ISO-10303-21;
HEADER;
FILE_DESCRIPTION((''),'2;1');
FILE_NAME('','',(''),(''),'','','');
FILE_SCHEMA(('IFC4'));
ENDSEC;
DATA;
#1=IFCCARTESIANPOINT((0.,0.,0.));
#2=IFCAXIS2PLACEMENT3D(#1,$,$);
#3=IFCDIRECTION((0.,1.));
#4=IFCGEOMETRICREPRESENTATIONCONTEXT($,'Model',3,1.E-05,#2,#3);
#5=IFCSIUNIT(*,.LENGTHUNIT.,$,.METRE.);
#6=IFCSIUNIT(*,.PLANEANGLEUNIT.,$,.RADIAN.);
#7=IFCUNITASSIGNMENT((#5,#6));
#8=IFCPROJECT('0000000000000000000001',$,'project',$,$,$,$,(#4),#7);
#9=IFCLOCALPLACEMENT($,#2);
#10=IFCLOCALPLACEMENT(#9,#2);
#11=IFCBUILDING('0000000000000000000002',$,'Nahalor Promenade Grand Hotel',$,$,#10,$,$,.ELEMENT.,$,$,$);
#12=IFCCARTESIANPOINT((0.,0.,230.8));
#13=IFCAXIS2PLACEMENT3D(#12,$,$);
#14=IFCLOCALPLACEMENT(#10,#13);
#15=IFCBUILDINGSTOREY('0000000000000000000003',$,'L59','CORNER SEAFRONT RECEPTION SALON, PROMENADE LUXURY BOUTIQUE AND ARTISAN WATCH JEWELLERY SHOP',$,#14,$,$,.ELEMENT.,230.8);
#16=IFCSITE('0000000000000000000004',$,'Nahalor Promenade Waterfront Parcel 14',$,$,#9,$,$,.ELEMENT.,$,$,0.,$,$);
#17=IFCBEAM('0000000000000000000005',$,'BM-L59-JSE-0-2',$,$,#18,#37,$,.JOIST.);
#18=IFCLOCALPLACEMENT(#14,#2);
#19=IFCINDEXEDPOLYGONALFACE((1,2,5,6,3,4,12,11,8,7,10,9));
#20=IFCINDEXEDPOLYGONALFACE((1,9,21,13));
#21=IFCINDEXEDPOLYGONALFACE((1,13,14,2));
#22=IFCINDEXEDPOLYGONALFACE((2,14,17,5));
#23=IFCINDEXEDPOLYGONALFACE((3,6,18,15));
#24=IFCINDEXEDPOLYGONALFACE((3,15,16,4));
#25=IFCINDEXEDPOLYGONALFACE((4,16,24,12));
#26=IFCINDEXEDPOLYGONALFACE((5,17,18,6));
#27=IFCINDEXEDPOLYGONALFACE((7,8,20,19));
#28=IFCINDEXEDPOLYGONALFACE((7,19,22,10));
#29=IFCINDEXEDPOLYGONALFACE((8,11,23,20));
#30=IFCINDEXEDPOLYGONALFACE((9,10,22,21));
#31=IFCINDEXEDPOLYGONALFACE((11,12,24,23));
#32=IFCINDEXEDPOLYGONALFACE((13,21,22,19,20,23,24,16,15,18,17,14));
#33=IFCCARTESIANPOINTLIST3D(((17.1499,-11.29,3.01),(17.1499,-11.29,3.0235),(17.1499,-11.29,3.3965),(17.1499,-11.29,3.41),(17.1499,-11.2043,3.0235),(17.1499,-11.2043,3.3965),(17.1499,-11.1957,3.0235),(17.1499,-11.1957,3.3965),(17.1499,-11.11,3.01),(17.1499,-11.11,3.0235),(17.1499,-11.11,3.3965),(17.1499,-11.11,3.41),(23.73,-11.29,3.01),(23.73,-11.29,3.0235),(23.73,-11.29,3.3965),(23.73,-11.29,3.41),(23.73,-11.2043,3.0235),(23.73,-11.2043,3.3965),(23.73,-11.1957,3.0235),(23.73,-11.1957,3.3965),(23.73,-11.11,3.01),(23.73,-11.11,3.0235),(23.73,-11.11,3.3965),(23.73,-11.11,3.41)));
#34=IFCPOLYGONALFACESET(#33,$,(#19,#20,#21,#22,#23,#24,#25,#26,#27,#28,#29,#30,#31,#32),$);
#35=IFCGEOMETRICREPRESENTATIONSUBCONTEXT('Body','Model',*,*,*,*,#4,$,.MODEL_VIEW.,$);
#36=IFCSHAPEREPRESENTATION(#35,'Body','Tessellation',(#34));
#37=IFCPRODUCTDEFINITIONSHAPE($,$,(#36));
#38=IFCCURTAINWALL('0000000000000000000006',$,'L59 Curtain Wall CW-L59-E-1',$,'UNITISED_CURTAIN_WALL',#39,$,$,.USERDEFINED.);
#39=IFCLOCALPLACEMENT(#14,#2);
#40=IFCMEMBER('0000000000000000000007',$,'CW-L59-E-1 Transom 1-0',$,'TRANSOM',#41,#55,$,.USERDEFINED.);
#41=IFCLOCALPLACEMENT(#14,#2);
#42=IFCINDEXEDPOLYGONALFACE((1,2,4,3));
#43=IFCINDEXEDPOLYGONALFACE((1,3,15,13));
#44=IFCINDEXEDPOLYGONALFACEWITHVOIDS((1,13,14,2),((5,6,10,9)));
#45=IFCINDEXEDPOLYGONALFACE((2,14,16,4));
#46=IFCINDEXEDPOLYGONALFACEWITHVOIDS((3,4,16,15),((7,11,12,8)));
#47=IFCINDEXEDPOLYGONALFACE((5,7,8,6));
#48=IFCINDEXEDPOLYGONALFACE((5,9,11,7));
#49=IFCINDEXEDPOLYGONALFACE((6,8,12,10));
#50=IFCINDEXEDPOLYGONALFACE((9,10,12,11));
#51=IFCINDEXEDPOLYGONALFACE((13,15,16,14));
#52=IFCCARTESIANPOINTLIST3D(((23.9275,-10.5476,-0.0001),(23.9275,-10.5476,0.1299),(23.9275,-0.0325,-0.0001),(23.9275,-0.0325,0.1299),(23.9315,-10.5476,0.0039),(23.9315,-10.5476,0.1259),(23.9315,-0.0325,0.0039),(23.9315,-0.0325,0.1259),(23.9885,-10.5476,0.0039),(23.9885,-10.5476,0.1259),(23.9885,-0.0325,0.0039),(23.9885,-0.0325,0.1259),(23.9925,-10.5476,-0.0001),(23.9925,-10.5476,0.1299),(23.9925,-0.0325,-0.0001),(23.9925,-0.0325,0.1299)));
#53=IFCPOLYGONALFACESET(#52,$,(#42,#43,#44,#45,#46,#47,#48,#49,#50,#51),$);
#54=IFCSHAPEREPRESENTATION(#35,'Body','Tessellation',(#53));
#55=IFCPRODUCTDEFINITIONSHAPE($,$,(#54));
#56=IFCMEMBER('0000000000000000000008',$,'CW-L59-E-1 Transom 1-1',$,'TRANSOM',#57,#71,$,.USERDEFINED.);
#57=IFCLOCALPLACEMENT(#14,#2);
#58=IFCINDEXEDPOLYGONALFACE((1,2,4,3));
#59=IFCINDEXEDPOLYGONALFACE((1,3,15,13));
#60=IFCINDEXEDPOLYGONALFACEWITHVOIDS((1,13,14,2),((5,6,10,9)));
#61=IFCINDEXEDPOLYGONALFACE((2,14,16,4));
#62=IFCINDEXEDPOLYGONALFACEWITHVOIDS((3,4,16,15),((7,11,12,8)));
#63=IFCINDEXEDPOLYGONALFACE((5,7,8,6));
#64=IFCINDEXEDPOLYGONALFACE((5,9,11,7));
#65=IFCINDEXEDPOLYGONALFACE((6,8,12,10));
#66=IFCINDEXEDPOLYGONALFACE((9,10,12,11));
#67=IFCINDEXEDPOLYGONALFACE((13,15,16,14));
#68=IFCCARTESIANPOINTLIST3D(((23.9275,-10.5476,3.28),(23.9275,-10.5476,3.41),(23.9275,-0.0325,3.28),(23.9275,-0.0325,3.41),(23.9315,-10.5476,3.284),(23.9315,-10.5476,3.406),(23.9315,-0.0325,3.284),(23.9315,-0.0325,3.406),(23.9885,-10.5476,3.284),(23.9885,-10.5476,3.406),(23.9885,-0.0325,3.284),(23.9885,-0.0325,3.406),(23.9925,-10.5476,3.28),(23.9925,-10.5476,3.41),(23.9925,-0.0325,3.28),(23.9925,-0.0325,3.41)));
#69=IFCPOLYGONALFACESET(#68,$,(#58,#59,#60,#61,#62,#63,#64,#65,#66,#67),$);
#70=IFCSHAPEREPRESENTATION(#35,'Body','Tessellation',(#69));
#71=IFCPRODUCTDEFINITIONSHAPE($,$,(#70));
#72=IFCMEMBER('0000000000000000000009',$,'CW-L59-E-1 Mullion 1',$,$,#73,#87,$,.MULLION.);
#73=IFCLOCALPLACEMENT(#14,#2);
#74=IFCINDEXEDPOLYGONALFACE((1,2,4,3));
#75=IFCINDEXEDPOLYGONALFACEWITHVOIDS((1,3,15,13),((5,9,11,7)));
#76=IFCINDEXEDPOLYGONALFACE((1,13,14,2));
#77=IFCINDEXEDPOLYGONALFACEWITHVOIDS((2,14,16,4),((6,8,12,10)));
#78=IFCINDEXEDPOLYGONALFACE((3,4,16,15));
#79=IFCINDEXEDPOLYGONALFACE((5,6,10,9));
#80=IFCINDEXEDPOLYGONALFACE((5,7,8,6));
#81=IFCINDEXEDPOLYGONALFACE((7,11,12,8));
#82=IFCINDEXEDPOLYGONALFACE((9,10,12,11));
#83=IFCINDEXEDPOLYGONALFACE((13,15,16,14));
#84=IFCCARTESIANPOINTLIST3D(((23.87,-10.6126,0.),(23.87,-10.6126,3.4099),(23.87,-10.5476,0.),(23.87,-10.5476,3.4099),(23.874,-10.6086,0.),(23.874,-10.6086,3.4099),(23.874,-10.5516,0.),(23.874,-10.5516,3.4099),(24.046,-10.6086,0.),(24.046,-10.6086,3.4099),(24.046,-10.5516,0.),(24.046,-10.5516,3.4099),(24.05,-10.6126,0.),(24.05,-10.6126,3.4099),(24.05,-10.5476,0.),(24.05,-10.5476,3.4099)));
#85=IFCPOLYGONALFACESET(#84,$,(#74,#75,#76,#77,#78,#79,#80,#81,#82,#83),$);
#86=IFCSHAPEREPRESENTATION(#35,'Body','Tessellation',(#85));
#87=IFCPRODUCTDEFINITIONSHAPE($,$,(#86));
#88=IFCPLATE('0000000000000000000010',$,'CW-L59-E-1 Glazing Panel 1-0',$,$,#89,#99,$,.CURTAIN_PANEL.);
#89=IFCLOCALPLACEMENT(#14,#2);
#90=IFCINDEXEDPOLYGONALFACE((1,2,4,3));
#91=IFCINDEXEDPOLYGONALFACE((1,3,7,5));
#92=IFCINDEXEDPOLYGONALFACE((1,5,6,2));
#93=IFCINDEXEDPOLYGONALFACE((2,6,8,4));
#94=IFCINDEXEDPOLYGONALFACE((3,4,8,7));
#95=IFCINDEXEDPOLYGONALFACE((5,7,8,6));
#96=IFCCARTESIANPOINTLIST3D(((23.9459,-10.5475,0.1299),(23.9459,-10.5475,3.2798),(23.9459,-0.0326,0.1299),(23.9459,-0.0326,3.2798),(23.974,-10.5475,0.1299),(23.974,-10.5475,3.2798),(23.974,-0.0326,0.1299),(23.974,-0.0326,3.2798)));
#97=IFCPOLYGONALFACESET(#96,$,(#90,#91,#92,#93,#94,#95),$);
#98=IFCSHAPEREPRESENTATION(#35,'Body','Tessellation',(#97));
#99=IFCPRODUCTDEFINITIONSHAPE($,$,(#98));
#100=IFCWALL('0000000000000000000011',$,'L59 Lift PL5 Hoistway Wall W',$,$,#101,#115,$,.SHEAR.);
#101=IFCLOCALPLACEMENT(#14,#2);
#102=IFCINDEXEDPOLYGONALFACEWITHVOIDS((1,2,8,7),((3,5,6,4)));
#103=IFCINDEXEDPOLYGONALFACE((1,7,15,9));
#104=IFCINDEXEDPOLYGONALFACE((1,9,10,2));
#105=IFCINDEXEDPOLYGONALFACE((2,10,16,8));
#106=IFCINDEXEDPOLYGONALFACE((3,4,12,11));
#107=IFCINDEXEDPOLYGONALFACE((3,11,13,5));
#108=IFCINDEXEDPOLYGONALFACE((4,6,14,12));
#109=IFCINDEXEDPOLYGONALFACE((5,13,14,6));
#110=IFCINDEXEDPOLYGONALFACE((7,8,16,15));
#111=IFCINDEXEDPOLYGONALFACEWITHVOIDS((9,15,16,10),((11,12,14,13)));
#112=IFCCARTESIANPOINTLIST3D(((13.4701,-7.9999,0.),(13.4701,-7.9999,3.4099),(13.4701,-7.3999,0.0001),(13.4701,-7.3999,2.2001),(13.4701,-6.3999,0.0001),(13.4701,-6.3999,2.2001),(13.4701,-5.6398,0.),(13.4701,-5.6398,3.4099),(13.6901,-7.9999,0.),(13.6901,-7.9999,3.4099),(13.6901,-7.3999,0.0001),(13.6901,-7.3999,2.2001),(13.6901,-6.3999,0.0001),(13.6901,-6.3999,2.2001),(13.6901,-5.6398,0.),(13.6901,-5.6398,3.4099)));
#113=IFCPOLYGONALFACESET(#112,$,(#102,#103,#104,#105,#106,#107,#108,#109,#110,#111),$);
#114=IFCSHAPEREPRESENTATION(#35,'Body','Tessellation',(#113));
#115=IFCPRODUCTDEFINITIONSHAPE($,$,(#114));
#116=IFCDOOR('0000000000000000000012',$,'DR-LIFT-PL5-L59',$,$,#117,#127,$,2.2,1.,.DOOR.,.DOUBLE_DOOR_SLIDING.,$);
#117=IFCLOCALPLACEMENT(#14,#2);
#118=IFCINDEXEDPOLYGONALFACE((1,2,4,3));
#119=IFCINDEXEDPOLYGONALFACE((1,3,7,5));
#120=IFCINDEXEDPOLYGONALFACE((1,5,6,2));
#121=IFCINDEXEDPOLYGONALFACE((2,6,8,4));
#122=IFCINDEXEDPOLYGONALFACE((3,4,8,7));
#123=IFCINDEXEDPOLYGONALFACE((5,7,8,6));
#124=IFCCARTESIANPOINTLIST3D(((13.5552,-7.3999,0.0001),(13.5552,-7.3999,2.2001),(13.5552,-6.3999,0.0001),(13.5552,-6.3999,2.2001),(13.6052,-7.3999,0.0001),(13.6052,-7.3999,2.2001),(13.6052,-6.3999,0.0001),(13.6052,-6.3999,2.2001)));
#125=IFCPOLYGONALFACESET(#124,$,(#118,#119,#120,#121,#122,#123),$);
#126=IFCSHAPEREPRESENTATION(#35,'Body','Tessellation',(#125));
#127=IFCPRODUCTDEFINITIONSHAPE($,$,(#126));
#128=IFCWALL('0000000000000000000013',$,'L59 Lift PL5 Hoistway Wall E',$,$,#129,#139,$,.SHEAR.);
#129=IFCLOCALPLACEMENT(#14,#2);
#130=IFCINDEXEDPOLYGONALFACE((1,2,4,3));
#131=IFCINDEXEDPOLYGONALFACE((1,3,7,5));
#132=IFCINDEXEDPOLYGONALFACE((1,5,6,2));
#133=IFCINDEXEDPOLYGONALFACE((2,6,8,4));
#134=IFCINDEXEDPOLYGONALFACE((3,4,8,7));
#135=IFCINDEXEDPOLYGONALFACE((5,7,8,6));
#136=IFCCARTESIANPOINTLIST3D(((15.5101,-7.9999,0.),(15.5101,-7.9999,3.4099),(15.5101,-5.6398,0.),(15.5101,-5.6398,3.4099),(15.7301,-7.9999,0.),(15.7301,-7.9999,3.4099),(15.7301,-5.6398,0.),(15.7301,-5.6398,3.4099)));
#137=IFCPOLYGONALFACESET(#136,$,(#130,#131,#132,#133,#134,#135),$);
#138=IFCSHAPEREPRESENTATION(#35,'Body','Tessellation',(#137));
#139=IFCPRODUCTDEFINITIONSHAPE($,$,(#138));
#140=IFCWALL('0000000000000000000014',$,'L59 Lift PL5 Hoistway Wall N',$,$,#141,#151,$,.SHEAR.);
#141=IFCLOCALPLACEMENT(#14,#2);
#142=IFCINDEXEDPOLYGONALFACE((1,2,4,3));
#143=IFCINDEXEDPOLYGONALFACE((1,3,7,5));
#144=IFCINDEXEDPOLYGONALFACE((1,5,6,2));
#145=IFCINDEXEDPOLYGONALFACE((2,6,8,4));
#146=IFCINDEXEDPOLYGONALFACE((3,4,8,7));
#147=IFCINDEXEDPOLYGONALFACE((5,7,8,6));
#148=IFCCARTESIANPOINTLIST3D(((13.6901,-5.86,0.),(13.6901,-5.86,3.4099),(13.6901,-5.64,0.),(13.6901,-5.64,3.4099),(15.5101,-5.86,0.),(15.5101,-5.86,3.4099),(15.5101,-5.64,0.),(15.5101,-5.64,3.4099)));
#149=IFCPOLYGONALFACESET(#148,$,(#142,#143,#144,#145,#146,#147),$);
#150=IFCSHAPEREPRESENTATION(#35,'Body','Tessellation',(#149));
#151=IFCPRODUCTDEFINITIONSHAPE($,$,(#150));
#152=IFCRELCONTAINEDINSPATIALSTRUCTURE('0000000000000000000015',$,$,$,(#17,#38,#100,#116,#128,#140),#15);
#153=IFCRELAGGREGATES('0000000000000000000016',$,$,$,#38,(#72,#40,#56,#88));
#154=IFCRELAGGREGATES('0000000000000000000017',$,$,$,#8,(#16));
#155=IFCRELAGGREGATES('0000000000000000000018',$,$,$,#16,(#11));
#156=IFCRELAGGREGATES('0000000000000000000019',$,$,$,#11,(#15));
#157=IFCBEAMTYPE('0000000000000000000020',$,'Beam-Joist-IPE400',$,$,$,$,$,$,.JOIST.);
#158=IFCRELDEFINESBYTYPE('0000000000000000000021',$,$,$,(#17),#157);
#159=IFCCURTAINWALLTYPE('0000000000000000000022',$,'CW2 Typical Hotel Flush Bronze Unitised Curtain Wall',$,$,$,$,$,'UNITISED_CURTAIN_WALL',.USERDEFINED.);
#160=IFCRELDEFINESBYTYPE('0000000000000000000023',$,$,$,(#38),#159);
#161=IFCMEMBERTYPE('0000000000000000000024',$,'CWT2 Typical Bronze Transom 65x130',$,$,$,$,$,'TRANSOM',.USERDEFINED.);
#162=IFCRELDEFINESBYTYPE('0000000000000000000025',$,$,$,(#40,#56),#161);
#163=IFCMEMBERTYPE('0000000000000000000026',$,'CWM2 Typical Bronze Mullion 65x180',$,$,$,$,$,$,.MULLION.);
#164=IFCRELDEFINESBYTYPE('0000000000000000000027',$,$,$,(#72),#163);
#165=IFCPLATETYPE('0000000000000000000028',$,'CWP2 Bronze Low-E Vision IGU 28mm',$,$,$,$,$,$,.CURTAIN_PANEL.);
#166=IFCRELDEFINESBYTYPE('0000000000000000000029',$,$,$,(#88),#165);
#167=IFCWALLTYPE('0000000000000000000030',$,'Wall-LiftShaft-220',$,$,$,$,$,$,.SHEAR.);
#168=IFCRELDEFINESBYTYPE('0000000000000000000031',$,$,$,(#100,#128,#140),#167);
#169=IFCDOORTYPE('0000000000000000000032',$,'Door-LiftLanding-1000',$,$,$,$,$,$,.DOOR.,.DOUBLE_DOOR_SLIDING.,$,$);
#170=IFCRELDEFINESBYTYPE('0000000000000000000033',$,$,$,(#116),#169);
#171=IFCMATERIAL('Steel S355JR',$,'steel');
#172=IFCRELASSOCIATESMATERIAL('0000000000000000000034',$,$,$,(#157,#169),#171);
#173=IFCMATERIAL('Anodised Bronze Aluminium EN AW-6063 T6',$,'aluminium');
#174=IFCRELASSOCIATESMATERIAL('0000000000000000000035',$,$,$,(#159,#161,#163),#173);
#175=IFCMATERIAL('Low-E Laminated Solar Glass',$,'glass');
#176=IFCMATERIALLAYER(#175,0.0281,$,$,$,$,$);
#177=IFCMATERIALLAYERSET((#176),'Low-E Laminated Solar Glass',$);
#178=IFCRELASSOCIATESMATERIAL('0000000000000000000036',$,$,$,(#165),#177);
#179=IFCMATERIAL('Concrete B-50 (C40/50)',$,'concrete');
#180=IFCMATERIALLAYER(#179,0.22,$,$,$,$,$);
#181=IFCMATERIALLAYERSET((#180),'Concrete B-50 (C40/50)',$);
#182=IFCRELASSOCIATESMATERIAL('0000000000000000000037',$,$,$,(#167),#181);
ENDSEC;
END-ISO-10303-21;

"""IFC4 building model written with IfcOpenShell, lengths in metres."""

from ifc_helpers import new_model, si_unit, direction, frame, frame_2d, origin, origin_2d, place, context, subcontext, project, spatial, rectangle, hollow_rectangle, i_section, extrude, source, transform, mapped, material, layer, layer_set, material_profile, profile_set, type_object, element, fill, aggregate, save


model = new_model("IFC4")

# Units and contexts
model_context = context("Model", 3, precision=1e-05, world=origin(), true_north=direction((0.0, 1.0)))
body_context = subcontext(model_context, "Body", "Model", "MODEL_VIEW")
ifc_project = project(units=[si_unit("LENGTHUNIT", "METRE"), si_unit("PLANEANGLEUNIT", "RADIAN")], contexts=[model_context])

# Site, building, storey
site_placement = place(None, origin())
site = spatial("IfcSite", under=ifc_project, at=site_placement, Name="Nahalor Promenade Waterfront Parcel 14", CompositionType="ELEMENT", RefElevation=0.0)
building_placement = place(site_placement, origin())
building = spatial("IfcBuilding", under=site, at=building_placement, Name="Nahalor Promenade Grand Hotel", CompositionType="ELEMENT")
storey_placement = place(building_placement, frame((0.0, 0.0, 230.8)))
storey = spatial("IfcBuildingStorey", under=building, at=storey_placement, Name="L59", Description="CORNER SEAFRONT RECEPTION SALON, PROMENADE LUXURY BOUTIQUE AND ARTISAN WATCH JEWELLERY SHOP", CompositionType="ELEMENT", Elevation=230.8)

# Shared definitions
ifc_material_1 = material(Name="Steel S355JR", Category="steel")

# Beam
ifc_material_profile_1 = material_profile(ifc_material_1, i_section(OverallWidth=0.18, OverallDepth=0.4, WebThickness=0.0086, FlangeThickness=0.0135, at=origin_2d()), Name="IPE 400")
ifc_profile_set_1 = profile_set([ifc_material_profile_1], Name="Steel S355JR")
beam_type_1 = type_object("IfcBeamType", Name="Beam-Joist-IPE400", PredefinedType="JOIST", material=ifc_profile_set_1)
shared_shape_1 = source(origin(), body_context, "Body", "SweptSolid", [
    extrude(i_section(OverallWidth=0.18, OverallDepth=0.4, WebThickness=0.0086, FlangeThickness=0.0135, at=origin_2d()), origin(), (0.0, 0.0, 1.0), 6.5801),
])
beam_1_placement = place(storey_placement, frame((17.1499, -11.2, 3.21), z_axis=(1.0, 0.0, 0.0), x_axis=(0.0, 1.0, 0.0)))
element("IfcBeam", 1, at=beam_1_placement, inside=storey, type_object=beam_type_1, Name="BM-L59-JSE-0-2", PredefinedType="JOIST", context=body_context, shape_type="MappedRepresentation", body=[
    mapped(shared_shape_1, transform((0.0, 0.0, 0.0), scale=1.0)),
])

# Curtain wall, members, plate
ifc_material_2 = material(Name="Anodised Bronze Aluminium EN AW-6063 T6", Category="aluminium")
curtain_wall_type = type_object("IfcCurtainWallType", Name="CW2 Typical Hotel Flush Bronze Unitised Curtain Wall", ElementType="UNITISED_CURTAIN_WALL", PredefinedType="USERDEFINED", material=ifc_material_2)
curtain_wall_placement = place(storey_placement, origin())
curtain_wall = element("IfcCurtainWall", 2, at=curtain_wall_placement, inside=storey, type_object=curtain_wall_type, Name="L59 Curtain Wall CW-L59-E-1", ObjectType="UNITISED_CURTAIN_WALL", PredefinedType="USERDEFINED")
ifc_material_profile_2 = material_profile(ifc_material_2, hollow_rectangle(XDim=0.065, YDim=0.13, WallThickness=0.004, at=origin_2d()), Name="CWT 65x130x4")
ifc_profile_set_2 = profile_set([ifc_material_profile_2], Name="Anodised Bronze Aluminium EN AW-6063 T6")
member_type_1 = type_object("IfcMemberType", Name="CWT2 Typical Bronze Transom 65x130", ElementType="TRANSOM", PredefinedType="USERDEFINED", material=ifc_profile_set_2)
shared_shape_2 = source(origin(), body_context, "Body", "SweptSolid", [
    extrude(hollow_rectangle(XDim=0.065, YDim=0.13, WallThickness=0.004, at=origin_2d()), origin(), (0.0, 0.0, 1.0), 10.5151),
])
member_1_placement = place(storey_placement, frame((23.96, -10.5476, 0.0649), z_axis=(0.0, 1.0, 0.0), x_axis=(-1.0, 0.0, 0.0)))
member_1 = element("IfcMember", 3, at=member_1_placement, type_object=member_type_1, Name="CW-L59-E-1 Transom 1-0", ObjectType="TRANSOM", PredefinedType="USERDEFINED", context=body_context, shape_type="MappedRepresentation", body=[
    mapped(shared_shape_2, transform((0.0, 0.0, 0.0), scale=1.0)),
])
member_2_placement = place(storey_placement, frame((23.96, -10.5476, 3.345), z_axis=(0.0, 1.0, 0.0), x_axis=(-1.0, 0.0, 0.0)))
member_2 = element("IfcMember", 4, at=member_2_placement, type_object=member_type_1, Name="CW-L59-E-1 Transom 1-1", ObjectType="TRANSOM", PredefinedType="USERDEFINED", context=body_context, shape_type="MappedRepresentation", body=[
    mapped(shared_shape_2, transform((0.0, 0.0, 0.0), scale=1.0)),
])
ifc_material_profile_3 = material_profile(ifc_material_2, hollow_rectangle(XDim=0.065, YDim=0.18, WallThickness=0.004, at=origin_2d()), Name="CWM 65x180x4")
ifc_profile_set_3 = profile_set([ifc_material_profile_3], Name="Anodised Bronze Aluminium EN AW-6063 T6")
member_type_2 = type_object("IfcMemberType", Name="CWM2 Typical Bronze Mullion 65x180", PredefinedType="MULLION", material=ifc_profile_set_3)
shared_shape_3 = source(origin(), body_context, "Body", "SweptSolid", [
    extrude(hollow_rectangle(XDim=0.065, YDim=0.18, WallThickness=0.004, at=origin_2d()), origin(), (0.0, 0.0, 1.0), 3.4099),
])
member_3_placement = place(storey_placement, frame((23.96, -10.5801, 0.0), z_axis=(0.0, 0.0, 1.0), x_axis=(0.0, 1.0, 0.0)))
member_3 = element("IfcMember", 5, at=member_3_placement, type_object=member_type_2, Name="CW-L59-E-1 Mullion 1", PredefinedType="MULLION", context=body_context, shape_type="MappedRepresentation", body=[
    mapped(shared_shape_3, transform((0.0, 0.0, 0.0), scale=1.0)),
])
ifc_material_3 = material(Name="Low-E Laminated Solar Glass", Category="glass")
ifc_layer_1 = layer(ifc_material_3, 0.0281)
ifc_layer_set_1 = layer_set([ifc_layer_1], Name="Low-E Laminated Solar Glass")
plate_type = type_object("IfcPlateType", Name="CWP2 Bronze Low-E Vision IGU 28mm", PredefinedType="CURTAIN_PANEL", material=ifc_layer_set_1)
shared_shape_4 = source(origin(), body_context, "Body", "SweptSolid", [
    extrude(rectangle(XDim=10.5149, YDim=0.0281, at=origin_2d()), origin(), (0.0, 0.0, 1.0), 3.1499),
])
plate_placement = place(storey_placement, frame((23.96, -5.29, 0.1299), z_axis=(0.0, 0.0, 1.0), x_axis=(0.0, 1.0, 0.0)))
plate = element("IfcPlate", 6, at=plate_placement, type_object=plate_type, Name="CW-L59-E-1 Glazing Panel 1-0", PredefinedType="CURTAIN_PANEL", context=body_context, shape_type="MappedRepresentation", body=[
    mapped(shared_shape_4, transform((0.0, 0.0, 0.0), scale=1.0)),
])
aggregate(curtain_wall, [member_3, member_1, member_2, plate])

# Wall, opening, door
ifc_material_4 = material(Name="Concrete B-50 (C40/50)", Category="concrete")
ifc_layer_2 = layer(ifc_material_4, 0.22)
ifc_layer_set_2 = layer_set([ifc_layer_2], Name="Concrete B-50 (C40/50)")
wall_type_1 = type_object("IfcWallType", Name="Wall-LiftShaft-220", PredefinedType="SHEAR", material=ifc_layer_set_2)
shared_shape_5 = source(origin(), body_context, "Body", "SweptSolid", [
    extrude(rectangle(XDim=2.3601, YDim=0.22, at=frame_2d((1.1802, 0.0))), origin(), (0.0, 0.0, 1.0), 3.4099),
])
wall_1_placement = place(storey_placement, frame((13.5801, -8.0, 0.0), z_axis=(0.0, 0.0, 1.0), x_axis=(0.0, 1.0, 0.0)))
wall_1 = element("IfcWall", 7, at=wall_1_placement, inside=storey, type_object=wall_type_1, Name="L59 Lift PL5 Hoistway Wall W", PredefinedType="SHEAR", context=body_context, shape_type="MappedRepresentation", body=[
    mapped(shared_shape_5, transform((0.0, 0.0, 0.0), scale=1.0)),
])
opening_1_placement = place(wall_1_placement, frame((0.6001, 0.0, 0.0)))
opening_1 = element("IfcOpeningElement", 8, at=opening_1_placement, cuts=wall_1, PredefinedType="OPENING", context=body_context, shape_type="SweptSolid", body=[
    extrude(rectangle(XDim=1.0, YDim=2.2, at=frame_2d((0.5, 1.1001))), frame((0.0, 0.1199, 0.0), z_axis=(0.0, -1.0, 0.0), x_axis=(1.0, 0.0, 0.0)), (0.0, 0.0, 1.0), 0.24),
])
door_type_1 = type_object("IfcDoorType", Name="Door-LiftLanding-1000", OperationType="DOUBLE_DOOR_SLIDING", PredefinedType="DOOR", material=ifc_material_1)
shared_shape_6 = source(origin(), body_context, "Body", "SweptSolid", [
    extrude(rectangle(XDim=1.0, YDim=2.2, at=frame_2d((0.5, 1.1001))), frame((0.0, 0.0249, 0.0), z_axis=(0.0, -1.0, 0.0), x_axis=(1.0, 0.0, 0.0)), (0.0, 0.0, 1.0), 0.05),
])
door_1_placement = place(opening_1_placement, origin())
door_1 = element("IfcDoor", 9, at=door_1_placement, inside=storey, type_object=door_type_1, Name="DR-LIFT-PL5-L59", OperationType="DOUBLE_DOOR_SLIDING", OverallHeight=2.2, OverallWidth=1.0, PredefinedType="DOOR", context=body_context, shape_type="MappedRepresentation", body=[
    mapped(shared_shape_6, transform((0.0, 0.0, 0.0), scale=1.0)),
])
fill(opening_1, door_1)

# Walls
wall_2_placement = place(storey_placement, frame((15.6201, -8.0, 0.0), z_axis=(0.0, 0.0, 1.0), x_axis=(0.0, 1.0, 0.0)))
element("IfcWall", 10, at=wall_2_placement, inside=storey, type_object=wall_type_1, Name="L59 Lift PL5 Hoistway Wall E", PredefinedType="SHEAR", context=body_context, shape_type="MappedRepresentation", body=[
    mapped(shared_shape_5, transform((0.0, 0.0, 0.0), scale=1.0)),
])
shared_shape_7 = source(origin(), body_context, "Body", "SweptSolid", [
    extrude(rectangle(XDim=1.8201, YDim=0.22, at=frame_2d((0.9102, 0.0))), origin(), (0.0, 0.0, 1.0), 3.4099),
])
wall_3_placement = place(storey_placement, frame((13.6899, -5.75, 0.0), z_axis=(0.0, 0.0, 1.0), x_axis=(1.0, 0.0, 0.0)))
element("IfcWall", 11, at=wall_3_placement, inside=storey, type_object=wall_type_1, Name="L59 Lift PL5 Hoistway Wall N", PredefinedType="SHEAR", context=body_context, shape_type="MappedRepresentation", body=[
    mapped(shared_shape_7, transform((0.0, 0.0, 0.0), scale=1.0)),
])

save(model, "model.ifc")
